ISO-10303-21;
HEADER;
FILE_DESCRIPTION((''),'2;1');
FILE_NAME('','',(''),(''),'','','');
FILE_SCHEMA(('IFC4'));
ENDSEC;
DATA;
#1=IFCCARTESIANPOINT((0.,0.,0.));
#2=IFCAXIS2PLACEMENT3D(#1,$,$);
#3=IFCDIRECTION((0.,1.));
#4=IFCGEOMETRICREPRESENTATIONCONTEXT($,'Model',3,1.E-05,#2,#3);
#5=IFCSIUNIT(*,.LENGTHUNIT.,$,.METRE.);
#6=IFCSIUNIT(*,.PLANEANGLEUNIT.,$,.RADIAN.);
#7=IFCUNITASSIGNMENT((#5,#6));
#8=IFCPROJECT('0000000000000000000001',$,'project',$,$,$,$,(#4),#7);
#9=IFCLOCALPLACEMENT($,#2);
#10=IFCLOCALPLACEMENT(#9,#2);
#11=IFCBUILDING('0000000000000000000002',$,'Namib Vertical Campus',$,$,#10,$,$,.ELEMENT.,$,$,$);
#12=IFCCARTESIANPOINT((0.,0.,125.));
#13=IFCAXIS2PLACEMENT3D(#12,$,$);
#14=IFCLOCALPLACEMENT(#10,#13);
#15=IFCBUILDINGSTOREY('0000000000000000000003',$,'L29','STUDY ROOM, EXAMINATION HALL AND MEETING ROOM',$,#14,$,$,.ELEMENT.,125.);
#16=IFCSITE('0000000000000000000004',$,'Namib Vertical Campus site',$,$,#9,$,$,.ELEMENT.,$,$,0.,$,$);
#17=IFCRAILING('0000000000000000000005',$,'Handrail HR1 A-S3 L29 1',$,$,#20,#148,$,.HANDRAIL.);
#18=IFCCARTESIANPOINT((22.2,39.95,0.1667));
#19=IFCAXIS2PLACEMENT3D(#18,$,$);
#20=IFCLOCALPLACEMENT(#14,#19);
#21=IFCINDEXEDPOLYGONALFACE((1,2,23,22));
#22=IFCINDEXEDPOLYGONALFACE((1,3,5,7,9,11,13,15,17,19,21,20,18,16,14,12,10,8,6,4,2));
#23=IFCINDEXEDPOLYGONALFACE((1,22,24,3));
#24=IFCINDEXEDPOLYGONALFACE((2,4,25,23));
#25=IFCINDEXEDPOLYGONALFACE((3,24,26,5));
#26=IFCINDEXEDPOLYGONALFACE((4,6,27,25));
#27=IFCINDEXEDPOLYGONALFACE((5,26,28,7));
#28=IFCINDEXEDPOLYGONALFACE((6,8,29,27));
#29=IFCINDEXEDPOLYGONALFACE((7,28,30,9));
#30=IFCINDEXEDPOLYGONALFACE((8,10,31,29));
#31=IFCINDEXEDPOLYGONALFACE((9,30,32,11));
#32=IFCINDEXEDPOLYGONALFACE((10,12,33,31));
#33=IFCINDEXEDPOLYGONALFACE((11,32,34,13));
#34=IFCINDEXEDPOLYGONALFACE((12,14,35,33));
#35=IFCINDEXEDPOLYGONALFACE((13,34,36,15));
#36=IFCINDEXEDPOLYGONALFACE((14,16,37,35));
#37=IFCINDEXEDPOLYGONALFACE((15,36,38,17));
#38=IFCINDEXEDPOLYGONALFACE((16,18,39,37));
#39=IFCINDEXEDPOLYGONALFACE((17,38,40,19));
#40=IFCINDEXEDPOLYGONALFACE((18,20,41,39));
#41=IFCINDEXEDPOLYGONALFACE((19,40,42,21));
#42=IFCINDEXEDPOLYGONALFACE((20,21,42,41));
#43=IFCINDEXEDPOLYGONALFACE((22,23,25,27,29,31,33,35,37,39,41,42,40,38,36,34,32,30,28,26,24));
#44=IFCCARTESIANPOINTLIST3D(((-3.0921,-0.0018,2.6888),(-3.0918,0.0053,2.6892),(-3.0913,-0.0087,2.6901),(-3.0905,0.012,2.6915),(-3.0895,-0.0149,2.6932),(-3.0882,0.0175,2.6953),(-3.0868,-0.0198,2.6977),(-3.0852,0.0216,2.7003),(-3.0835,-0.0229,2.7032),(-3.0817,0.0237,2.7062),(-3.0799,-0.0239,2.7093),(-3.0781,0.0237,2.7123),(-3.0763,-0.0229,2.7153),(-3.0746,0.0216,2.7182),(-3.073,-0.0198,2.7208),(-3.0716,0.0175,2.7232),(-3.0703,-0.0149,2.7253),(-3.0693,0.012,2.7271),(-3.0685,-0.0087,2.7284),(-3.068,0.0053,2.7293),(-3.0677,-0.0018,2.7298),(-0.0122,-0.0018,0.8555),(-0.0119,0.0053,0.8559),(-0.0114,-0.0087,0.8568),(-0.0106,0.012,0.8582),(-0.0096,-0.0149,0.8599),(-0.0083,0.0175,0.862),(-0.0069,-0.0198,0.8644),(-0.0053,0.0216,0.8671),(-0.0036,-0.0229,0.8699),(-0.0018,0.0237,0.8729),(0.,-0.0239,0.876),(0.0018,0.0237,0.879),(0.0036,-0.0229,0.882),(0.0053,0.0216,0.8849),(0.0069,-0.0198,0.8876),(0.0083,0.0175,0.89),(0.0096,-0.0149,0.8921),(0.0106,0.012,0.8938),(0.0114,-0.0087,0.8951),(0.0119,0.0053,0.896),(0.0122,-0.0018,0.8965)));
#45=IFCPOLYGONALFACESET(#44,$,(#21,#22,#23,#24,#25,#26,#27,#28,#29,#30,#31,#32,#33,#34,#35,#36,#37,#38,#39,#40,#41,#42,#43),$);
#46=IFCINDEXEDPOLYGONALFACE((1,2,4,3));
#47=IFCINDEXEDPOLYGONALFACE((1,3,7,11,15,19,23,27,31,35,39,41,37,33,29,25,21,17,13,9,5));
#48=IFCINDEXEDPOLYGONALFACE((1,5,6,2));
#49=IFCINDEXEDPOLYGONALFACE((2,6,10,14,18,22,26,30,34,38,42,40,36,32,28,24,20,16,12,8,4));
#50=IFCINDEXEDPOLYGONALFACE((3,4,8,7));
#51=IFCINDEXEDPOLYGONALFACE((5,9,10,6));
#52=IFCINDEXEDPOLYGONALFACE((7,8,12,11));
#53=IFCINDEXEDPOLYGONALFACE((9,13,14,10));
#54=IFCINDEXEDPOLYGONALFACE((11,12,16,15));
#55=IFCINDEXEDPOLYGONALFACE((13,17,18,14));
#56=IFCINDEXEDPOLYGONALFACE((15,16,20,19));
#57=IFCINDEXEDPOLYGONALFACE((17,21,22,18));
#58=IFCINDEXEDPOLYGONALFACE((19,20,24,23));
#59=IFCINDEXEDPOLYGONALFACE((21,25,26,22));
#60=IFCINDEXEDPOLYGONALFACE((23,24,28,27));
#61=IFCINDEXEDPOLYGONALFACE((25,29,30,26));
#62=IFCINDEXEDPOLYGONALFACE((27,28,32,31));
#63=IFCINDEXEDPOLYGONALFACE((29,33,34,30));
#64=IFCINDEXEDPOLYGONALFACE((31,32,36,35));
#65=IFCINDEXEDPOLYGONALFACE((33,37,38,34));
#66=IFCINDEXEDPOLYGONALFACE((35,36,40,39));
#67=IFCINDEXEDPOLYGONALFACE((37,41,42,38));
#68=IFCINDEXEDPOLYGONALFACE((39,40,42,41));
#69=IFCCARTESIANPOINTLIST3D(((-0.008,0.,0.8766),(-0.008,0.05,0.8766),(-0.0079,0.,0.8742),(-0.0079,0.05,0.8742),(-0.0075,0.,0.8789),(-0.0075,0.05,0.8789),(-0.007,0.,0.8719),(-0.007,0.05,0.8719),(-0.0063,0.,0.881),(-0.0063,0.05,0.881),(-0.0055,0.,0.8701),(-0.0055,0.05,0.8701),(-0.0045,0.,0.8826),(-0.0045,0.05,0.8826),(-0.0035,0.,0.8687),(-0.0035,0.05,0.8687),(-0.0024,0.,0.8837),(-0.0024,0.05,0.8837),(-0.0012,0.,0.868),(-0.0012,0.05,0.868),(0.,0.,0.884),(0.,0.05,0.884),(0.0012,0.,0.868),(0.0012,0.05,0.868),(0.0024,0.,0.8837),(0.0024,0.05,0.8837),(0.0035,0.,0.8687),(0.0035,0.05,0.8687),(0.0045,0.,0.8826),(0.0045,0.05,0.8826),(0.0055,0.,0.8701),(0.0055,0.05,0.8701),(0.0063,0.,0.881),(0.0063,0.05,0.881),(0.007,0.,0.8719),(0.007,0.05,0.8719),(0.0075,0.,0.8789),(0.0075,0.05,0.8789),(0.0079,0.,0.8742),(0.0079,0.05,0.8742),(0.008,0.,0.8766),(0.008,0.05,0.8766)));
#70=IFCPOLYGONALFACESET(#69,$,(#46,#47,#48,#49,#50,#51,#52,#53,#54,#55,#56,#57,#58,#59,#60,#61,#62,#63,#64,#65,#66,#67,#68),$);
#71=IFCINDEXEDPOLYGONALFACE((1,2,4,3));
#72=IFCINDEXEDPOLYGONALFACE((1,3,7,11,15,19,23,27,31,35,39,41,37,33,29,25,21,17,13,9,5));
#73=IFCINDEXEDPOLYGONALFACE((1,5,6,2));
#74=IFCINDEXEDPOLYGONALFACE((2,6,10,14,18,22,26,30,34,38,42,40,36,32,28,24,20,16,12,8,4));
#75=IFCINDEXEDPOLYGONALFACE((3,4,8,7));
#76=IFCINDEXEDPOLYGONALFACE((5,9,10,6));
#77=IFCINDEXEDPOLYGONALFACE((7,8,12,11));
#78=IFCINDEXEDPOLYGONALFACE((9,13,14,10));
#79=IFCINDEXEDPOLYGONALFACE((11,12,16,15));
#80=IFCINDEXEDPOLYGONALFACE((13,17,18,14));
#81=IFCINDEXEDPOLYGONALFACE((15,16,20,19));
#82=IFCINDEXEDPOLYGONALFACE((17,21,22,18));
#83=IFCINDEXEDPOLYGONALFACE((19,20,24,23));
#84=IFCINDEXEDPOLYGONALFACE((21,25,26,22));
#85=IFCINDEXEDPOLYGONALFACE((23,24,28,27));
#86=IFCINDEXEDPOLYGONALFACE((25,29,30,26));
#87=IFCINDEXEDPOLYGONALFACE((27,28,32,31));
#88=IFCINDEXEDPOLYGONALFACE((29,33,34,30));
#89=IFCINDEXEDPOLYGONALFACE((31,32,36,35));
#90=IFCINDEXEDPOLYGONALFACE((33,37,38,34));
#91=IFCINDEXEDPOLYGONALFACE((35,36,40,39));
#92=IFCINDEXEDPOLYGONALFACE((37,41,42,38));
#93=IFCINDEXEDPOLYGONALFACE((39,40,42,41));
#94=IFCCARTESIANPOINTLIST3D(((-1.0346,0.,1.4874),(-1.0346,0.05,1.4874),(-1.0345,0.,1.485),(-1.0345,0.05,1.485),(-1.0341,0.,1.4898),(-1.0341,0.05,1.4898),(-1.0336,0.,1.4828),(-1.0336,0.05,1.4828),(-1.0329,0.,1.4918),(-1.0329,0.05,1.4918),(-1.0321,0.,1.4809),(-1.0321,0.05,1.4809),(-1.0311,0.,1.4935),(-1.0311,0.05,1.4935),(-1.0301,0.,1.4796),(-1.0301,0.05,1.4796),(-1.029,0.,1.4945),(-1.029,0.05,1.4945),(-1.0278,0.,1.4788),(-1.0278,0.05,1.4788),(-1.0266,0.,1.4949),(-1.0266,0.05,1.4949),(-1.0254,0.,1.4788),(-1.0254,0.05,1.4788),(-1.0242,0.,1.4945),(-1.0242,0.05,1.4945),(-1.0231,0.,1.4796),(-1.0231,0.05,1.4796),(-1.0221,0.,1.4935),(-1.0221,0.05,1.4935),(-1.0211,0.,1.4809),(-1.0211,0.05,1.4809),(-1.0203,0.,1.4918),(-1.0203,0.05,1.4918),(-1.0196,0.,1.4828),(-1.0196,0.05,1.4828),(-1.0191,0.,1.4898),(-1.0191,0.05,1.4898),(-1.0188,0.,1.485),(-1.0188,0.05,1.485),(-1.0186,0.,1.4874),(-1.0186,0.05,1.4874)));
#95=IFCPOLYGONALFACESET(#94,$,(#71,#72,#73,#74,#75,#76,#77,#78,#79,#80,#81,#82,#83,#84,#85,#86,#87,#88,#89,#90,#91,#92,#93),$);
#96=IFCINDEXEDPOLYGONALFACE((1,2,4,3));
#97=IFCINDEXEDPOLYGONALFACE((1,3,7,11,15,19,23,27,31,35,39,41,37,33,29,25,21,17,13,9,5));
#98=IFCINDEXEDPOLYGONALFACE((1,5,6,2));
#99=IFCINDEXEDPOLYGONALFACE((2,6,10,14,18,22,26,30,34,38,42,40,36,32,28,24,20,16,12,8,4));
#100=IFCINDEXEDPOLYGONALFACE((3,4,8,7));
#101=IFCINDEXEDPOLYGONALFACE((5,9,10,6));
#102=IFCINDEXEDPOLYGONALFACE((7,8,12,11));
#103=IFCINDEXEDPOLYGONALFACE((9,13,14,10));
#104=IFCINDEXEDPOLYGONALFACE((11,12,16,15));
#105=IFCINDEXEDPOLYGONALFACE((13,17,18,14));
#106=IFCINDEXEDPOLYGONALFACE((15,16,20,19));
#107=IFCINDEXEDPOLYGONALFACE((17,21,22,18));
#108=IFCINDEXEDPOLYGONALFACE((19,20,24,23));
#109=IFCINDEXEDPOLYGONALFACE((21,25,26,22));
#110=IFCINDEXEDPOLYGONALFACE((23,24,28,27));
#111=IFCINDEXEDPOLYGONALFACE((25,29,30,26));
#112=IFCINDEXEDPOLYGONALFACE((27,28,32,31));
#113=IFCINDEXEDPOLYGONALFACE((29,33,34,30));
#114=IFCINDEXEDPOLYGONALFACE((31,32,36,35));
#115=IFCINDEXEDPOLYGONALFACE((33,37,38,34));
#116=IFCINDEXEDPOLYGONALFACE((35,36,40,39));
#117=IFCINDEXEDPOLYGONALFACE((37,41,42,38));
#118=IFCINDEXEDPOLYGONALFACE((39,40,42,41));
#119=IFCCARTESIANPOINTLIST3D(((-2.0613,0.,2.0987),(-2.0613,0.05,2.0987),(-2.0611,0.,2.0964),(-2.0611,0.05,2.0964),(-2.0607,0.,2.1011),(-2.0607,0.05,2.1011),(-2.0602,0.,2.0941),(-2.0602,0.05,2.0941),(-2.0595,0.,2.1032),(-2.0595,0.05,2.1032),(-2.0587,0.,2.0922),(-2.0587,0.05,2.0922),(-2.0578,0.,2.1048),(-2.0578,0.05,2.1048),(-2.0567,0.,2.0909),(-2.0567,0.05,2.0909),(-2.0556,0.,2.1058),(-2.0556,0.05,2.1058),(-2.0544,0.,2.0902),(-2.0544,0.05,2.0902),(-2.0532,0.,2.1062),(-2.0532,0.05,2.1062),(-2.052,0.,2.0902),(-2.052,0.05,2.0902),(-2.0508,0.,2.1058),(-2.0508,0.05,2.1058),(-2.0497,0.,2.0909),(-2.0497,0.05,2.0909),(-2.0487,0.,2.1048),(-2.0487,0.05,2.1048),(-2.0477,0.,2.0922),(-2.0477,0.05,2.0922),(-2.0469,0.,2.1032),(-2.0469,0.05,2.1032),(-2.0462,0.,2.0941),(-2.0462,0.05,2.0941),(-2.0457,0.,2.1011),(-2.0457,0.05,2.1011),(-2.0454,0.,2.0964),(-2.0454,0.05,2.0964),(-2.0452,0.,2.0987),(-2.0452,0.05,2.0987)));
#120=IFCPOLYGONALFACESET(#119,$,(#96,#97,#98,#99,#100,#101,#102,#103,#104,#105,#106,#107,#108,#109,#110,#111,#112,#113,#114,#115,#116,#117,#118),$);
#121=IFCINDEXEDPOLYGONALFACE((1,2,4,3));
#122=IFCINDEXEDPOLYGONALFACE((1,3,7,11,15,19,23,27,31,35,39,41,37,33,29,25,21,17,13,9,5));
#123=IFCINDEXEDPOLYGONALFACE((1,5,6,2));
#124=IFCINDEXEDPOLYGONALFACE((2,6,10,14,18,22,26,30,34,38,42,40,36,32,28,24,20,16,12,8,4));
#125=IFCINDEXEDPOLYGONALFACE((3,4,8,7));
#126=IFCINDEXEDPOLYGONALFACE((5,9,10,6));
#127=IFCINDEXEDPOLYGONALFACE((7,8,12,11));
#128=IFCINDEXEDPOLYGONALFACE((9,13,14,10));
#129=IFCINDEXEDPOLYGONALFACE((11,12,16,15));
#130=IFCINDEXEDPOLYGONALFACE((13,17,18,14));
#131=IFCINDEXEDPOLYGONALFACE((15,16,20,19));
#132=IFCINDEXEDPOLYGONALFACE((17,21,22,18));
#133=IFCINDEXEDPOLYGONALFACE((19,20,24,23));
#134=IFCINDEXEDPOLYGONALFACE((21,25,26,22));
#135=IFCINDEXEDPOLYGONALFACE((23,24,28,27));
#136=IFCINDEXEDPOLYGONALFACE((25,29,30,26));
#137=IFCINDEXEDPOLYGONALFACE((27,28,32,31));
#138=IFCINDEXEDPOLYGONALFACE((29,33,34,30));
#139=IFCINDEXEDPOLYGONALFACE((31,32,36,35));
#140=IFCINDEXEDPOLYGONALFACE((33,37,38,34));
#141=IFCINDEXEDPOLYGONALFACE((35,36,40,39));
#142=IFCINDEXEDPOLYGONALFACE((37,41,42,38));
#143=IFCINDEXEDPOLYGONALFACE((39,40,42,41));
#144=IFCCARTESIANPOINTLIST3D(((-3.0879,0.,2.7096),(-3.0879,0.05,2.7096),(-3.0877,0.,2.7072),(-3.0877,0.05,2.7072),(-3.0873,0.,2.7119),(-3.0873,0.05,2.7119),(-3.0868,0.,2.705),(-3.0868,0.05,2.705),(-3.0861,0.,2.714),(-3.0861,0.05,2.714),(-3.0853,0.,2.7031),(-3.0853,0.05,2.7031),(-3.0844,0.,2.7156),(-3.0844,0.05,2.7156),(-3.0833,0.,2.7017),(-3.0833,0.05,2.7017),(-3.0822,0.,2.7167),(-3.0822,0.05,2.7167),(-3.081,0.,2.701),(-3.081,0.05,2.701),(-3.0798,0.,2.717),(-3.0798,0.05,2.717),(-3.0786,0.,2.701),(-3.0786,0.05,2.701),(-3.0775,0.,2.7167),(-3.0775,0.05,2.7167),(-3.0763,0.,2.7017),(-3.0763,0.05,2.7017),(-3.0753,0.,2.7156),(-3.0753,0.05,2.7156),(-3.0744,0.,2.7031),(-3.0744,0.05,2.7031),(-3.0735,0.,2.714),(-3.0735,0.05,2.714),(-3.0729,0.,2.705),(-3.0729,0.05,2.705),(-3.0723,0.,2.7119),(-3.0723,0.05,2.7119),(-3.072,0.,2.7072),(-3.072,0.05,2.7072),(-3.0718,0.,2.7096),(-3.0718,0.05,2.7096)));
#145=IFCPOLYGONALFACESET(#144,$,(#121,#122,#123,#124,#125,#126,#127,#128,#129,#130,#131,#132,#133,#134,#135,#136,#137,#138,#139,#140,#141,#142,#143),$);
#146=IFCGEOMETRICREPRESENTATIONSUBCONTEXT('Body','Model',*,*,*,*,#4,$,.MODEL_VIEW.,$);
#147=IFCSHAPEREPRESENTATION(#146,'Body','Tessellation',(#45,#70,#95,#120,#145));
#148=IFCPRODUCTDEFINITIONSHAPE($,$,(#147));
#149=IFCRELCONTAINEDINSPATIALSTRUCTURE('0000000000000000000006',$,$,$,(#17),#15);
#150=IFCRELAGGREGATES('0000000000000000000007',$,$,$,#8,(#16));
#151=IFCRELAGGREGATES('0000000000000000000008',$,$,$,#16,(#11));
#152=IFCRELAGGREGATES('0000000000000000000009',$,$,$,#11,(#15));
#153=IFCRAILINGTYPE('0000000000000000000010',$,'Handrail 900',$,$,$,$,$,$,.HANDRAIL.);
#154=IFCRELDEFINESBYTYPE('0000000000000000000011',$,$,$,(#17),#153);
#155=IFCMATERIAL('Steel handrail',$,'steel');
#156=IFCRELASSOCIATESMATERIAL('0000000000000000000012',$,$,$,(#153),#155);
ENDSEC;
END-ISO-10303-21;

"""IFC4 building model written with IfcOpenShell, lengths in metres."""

from ifc_helpers import new_model, si_unit, direction, frame, origin, origin_2d, place, context, subcontext, project, spatial, circle, extrude, material, type_object, element, save


model = new_model("IFC4")

# Units and contexts
model_context = context("Model", 3, precision=1e-05, world=origin(), true_north=direction((0.0, 1.0)))
body_context = subcontext(model_context, "Body", "Model", "MODEL_VIEW")
ifc_project = project(units=[si_unit("LENGTHUNIT", "METRE"), si_unit("PLANEANGLEUNIT", "RADIAN")], contexts=[model_context])

# Site, building, storey
site_placement = place(None, origin())
site = spatial("IfcSite", under=ifc_project, at=site_placement, Name="Namib Vertical Campus site", CompositionType="ELEMENT", RefElevation=0.0)
building_placement = place(site_placement, origin())
building = spatial("IfcBuilding", under=site, at=building_placement, Name="Namib Vertical Campus", CompositionType="ELEMENT")
storey_placement = place(building_placement, frame((0.0, 0.0, 125.0)))
storey = spatial("IfcBuildingStorey", under=building, at=storey_placement, Name="L29", Description="STUDY ROOM, EXAMINATION HALL AND MEETING ROOM", CompositionType="ELEMENT", Elevation=125.0)

# Railing
ifc_material_1 = material(Name="Steel handrail", Category="steel")
railing_type_1 = type_object("IfcRailingType", Name="Handrail 900", PredefinedType="HANDRAIL", material=ifc_material_1)
railing_1_placement = place(storey_placement, frame((22.2, 39.95, 0.1667)))
element("IfcRailing", 1, at=railing_1_placement, inside=storey, type_object=railing_type_1, Name="Handrail HR1 A-S3 L29 1", PredefinedType="HANDRAIL", context=body_context, shape_type="SweptSolid", body=[
    extrude(circle(Radius=0.0239, at=origin_2d()), frame((0.0, 0.0, 0.876), z_axis=(-0.859291, 0.0, 0.511487), x_axis=(0.0, -1.0, 0.0)), (0.0, 0.0, 1.0), 3.5842),
    extrude(circle(Radius=0.0081, at=origin_2d()), frame((0.0, 0.0, 0.876), z_axis=(0.0, 1.0, 0.0), x_axis=(0.0, 0.0, 1.0)), (0.0, 0.0, 1.0), 0.05),
    extrude(circle(Radius=0.0081, at=origin_2d()), frame((-1.0266, 0.0, 1.4868), z_axis=(0.0, 1.0, 0.0), x_axis=(0.0, 0.0, 1.0)), (0.0, 0.0, 1.0), 0.05),
    extrude(circle(Radius=0.0081, at=origin_2d()), frame((-2.0532, 0.0, 2.0981), z_axis=(0.0, 1.0, 0.0), x_axis=(0.0, 0.0, 1.0)), (0.0, 0.0, 1.0), 0.05),
    extrude(circle(Radius=0.0081, at=origin_2d()), frame((-3.0798, 0.0, 2.709), z_axis=(0.0, 1.0, 0.0), x_axis=(0.0, 0.0, 1.0)), (0.0, 0.0, 1.0), 0.05),
])

save(model, "model.ifc")
